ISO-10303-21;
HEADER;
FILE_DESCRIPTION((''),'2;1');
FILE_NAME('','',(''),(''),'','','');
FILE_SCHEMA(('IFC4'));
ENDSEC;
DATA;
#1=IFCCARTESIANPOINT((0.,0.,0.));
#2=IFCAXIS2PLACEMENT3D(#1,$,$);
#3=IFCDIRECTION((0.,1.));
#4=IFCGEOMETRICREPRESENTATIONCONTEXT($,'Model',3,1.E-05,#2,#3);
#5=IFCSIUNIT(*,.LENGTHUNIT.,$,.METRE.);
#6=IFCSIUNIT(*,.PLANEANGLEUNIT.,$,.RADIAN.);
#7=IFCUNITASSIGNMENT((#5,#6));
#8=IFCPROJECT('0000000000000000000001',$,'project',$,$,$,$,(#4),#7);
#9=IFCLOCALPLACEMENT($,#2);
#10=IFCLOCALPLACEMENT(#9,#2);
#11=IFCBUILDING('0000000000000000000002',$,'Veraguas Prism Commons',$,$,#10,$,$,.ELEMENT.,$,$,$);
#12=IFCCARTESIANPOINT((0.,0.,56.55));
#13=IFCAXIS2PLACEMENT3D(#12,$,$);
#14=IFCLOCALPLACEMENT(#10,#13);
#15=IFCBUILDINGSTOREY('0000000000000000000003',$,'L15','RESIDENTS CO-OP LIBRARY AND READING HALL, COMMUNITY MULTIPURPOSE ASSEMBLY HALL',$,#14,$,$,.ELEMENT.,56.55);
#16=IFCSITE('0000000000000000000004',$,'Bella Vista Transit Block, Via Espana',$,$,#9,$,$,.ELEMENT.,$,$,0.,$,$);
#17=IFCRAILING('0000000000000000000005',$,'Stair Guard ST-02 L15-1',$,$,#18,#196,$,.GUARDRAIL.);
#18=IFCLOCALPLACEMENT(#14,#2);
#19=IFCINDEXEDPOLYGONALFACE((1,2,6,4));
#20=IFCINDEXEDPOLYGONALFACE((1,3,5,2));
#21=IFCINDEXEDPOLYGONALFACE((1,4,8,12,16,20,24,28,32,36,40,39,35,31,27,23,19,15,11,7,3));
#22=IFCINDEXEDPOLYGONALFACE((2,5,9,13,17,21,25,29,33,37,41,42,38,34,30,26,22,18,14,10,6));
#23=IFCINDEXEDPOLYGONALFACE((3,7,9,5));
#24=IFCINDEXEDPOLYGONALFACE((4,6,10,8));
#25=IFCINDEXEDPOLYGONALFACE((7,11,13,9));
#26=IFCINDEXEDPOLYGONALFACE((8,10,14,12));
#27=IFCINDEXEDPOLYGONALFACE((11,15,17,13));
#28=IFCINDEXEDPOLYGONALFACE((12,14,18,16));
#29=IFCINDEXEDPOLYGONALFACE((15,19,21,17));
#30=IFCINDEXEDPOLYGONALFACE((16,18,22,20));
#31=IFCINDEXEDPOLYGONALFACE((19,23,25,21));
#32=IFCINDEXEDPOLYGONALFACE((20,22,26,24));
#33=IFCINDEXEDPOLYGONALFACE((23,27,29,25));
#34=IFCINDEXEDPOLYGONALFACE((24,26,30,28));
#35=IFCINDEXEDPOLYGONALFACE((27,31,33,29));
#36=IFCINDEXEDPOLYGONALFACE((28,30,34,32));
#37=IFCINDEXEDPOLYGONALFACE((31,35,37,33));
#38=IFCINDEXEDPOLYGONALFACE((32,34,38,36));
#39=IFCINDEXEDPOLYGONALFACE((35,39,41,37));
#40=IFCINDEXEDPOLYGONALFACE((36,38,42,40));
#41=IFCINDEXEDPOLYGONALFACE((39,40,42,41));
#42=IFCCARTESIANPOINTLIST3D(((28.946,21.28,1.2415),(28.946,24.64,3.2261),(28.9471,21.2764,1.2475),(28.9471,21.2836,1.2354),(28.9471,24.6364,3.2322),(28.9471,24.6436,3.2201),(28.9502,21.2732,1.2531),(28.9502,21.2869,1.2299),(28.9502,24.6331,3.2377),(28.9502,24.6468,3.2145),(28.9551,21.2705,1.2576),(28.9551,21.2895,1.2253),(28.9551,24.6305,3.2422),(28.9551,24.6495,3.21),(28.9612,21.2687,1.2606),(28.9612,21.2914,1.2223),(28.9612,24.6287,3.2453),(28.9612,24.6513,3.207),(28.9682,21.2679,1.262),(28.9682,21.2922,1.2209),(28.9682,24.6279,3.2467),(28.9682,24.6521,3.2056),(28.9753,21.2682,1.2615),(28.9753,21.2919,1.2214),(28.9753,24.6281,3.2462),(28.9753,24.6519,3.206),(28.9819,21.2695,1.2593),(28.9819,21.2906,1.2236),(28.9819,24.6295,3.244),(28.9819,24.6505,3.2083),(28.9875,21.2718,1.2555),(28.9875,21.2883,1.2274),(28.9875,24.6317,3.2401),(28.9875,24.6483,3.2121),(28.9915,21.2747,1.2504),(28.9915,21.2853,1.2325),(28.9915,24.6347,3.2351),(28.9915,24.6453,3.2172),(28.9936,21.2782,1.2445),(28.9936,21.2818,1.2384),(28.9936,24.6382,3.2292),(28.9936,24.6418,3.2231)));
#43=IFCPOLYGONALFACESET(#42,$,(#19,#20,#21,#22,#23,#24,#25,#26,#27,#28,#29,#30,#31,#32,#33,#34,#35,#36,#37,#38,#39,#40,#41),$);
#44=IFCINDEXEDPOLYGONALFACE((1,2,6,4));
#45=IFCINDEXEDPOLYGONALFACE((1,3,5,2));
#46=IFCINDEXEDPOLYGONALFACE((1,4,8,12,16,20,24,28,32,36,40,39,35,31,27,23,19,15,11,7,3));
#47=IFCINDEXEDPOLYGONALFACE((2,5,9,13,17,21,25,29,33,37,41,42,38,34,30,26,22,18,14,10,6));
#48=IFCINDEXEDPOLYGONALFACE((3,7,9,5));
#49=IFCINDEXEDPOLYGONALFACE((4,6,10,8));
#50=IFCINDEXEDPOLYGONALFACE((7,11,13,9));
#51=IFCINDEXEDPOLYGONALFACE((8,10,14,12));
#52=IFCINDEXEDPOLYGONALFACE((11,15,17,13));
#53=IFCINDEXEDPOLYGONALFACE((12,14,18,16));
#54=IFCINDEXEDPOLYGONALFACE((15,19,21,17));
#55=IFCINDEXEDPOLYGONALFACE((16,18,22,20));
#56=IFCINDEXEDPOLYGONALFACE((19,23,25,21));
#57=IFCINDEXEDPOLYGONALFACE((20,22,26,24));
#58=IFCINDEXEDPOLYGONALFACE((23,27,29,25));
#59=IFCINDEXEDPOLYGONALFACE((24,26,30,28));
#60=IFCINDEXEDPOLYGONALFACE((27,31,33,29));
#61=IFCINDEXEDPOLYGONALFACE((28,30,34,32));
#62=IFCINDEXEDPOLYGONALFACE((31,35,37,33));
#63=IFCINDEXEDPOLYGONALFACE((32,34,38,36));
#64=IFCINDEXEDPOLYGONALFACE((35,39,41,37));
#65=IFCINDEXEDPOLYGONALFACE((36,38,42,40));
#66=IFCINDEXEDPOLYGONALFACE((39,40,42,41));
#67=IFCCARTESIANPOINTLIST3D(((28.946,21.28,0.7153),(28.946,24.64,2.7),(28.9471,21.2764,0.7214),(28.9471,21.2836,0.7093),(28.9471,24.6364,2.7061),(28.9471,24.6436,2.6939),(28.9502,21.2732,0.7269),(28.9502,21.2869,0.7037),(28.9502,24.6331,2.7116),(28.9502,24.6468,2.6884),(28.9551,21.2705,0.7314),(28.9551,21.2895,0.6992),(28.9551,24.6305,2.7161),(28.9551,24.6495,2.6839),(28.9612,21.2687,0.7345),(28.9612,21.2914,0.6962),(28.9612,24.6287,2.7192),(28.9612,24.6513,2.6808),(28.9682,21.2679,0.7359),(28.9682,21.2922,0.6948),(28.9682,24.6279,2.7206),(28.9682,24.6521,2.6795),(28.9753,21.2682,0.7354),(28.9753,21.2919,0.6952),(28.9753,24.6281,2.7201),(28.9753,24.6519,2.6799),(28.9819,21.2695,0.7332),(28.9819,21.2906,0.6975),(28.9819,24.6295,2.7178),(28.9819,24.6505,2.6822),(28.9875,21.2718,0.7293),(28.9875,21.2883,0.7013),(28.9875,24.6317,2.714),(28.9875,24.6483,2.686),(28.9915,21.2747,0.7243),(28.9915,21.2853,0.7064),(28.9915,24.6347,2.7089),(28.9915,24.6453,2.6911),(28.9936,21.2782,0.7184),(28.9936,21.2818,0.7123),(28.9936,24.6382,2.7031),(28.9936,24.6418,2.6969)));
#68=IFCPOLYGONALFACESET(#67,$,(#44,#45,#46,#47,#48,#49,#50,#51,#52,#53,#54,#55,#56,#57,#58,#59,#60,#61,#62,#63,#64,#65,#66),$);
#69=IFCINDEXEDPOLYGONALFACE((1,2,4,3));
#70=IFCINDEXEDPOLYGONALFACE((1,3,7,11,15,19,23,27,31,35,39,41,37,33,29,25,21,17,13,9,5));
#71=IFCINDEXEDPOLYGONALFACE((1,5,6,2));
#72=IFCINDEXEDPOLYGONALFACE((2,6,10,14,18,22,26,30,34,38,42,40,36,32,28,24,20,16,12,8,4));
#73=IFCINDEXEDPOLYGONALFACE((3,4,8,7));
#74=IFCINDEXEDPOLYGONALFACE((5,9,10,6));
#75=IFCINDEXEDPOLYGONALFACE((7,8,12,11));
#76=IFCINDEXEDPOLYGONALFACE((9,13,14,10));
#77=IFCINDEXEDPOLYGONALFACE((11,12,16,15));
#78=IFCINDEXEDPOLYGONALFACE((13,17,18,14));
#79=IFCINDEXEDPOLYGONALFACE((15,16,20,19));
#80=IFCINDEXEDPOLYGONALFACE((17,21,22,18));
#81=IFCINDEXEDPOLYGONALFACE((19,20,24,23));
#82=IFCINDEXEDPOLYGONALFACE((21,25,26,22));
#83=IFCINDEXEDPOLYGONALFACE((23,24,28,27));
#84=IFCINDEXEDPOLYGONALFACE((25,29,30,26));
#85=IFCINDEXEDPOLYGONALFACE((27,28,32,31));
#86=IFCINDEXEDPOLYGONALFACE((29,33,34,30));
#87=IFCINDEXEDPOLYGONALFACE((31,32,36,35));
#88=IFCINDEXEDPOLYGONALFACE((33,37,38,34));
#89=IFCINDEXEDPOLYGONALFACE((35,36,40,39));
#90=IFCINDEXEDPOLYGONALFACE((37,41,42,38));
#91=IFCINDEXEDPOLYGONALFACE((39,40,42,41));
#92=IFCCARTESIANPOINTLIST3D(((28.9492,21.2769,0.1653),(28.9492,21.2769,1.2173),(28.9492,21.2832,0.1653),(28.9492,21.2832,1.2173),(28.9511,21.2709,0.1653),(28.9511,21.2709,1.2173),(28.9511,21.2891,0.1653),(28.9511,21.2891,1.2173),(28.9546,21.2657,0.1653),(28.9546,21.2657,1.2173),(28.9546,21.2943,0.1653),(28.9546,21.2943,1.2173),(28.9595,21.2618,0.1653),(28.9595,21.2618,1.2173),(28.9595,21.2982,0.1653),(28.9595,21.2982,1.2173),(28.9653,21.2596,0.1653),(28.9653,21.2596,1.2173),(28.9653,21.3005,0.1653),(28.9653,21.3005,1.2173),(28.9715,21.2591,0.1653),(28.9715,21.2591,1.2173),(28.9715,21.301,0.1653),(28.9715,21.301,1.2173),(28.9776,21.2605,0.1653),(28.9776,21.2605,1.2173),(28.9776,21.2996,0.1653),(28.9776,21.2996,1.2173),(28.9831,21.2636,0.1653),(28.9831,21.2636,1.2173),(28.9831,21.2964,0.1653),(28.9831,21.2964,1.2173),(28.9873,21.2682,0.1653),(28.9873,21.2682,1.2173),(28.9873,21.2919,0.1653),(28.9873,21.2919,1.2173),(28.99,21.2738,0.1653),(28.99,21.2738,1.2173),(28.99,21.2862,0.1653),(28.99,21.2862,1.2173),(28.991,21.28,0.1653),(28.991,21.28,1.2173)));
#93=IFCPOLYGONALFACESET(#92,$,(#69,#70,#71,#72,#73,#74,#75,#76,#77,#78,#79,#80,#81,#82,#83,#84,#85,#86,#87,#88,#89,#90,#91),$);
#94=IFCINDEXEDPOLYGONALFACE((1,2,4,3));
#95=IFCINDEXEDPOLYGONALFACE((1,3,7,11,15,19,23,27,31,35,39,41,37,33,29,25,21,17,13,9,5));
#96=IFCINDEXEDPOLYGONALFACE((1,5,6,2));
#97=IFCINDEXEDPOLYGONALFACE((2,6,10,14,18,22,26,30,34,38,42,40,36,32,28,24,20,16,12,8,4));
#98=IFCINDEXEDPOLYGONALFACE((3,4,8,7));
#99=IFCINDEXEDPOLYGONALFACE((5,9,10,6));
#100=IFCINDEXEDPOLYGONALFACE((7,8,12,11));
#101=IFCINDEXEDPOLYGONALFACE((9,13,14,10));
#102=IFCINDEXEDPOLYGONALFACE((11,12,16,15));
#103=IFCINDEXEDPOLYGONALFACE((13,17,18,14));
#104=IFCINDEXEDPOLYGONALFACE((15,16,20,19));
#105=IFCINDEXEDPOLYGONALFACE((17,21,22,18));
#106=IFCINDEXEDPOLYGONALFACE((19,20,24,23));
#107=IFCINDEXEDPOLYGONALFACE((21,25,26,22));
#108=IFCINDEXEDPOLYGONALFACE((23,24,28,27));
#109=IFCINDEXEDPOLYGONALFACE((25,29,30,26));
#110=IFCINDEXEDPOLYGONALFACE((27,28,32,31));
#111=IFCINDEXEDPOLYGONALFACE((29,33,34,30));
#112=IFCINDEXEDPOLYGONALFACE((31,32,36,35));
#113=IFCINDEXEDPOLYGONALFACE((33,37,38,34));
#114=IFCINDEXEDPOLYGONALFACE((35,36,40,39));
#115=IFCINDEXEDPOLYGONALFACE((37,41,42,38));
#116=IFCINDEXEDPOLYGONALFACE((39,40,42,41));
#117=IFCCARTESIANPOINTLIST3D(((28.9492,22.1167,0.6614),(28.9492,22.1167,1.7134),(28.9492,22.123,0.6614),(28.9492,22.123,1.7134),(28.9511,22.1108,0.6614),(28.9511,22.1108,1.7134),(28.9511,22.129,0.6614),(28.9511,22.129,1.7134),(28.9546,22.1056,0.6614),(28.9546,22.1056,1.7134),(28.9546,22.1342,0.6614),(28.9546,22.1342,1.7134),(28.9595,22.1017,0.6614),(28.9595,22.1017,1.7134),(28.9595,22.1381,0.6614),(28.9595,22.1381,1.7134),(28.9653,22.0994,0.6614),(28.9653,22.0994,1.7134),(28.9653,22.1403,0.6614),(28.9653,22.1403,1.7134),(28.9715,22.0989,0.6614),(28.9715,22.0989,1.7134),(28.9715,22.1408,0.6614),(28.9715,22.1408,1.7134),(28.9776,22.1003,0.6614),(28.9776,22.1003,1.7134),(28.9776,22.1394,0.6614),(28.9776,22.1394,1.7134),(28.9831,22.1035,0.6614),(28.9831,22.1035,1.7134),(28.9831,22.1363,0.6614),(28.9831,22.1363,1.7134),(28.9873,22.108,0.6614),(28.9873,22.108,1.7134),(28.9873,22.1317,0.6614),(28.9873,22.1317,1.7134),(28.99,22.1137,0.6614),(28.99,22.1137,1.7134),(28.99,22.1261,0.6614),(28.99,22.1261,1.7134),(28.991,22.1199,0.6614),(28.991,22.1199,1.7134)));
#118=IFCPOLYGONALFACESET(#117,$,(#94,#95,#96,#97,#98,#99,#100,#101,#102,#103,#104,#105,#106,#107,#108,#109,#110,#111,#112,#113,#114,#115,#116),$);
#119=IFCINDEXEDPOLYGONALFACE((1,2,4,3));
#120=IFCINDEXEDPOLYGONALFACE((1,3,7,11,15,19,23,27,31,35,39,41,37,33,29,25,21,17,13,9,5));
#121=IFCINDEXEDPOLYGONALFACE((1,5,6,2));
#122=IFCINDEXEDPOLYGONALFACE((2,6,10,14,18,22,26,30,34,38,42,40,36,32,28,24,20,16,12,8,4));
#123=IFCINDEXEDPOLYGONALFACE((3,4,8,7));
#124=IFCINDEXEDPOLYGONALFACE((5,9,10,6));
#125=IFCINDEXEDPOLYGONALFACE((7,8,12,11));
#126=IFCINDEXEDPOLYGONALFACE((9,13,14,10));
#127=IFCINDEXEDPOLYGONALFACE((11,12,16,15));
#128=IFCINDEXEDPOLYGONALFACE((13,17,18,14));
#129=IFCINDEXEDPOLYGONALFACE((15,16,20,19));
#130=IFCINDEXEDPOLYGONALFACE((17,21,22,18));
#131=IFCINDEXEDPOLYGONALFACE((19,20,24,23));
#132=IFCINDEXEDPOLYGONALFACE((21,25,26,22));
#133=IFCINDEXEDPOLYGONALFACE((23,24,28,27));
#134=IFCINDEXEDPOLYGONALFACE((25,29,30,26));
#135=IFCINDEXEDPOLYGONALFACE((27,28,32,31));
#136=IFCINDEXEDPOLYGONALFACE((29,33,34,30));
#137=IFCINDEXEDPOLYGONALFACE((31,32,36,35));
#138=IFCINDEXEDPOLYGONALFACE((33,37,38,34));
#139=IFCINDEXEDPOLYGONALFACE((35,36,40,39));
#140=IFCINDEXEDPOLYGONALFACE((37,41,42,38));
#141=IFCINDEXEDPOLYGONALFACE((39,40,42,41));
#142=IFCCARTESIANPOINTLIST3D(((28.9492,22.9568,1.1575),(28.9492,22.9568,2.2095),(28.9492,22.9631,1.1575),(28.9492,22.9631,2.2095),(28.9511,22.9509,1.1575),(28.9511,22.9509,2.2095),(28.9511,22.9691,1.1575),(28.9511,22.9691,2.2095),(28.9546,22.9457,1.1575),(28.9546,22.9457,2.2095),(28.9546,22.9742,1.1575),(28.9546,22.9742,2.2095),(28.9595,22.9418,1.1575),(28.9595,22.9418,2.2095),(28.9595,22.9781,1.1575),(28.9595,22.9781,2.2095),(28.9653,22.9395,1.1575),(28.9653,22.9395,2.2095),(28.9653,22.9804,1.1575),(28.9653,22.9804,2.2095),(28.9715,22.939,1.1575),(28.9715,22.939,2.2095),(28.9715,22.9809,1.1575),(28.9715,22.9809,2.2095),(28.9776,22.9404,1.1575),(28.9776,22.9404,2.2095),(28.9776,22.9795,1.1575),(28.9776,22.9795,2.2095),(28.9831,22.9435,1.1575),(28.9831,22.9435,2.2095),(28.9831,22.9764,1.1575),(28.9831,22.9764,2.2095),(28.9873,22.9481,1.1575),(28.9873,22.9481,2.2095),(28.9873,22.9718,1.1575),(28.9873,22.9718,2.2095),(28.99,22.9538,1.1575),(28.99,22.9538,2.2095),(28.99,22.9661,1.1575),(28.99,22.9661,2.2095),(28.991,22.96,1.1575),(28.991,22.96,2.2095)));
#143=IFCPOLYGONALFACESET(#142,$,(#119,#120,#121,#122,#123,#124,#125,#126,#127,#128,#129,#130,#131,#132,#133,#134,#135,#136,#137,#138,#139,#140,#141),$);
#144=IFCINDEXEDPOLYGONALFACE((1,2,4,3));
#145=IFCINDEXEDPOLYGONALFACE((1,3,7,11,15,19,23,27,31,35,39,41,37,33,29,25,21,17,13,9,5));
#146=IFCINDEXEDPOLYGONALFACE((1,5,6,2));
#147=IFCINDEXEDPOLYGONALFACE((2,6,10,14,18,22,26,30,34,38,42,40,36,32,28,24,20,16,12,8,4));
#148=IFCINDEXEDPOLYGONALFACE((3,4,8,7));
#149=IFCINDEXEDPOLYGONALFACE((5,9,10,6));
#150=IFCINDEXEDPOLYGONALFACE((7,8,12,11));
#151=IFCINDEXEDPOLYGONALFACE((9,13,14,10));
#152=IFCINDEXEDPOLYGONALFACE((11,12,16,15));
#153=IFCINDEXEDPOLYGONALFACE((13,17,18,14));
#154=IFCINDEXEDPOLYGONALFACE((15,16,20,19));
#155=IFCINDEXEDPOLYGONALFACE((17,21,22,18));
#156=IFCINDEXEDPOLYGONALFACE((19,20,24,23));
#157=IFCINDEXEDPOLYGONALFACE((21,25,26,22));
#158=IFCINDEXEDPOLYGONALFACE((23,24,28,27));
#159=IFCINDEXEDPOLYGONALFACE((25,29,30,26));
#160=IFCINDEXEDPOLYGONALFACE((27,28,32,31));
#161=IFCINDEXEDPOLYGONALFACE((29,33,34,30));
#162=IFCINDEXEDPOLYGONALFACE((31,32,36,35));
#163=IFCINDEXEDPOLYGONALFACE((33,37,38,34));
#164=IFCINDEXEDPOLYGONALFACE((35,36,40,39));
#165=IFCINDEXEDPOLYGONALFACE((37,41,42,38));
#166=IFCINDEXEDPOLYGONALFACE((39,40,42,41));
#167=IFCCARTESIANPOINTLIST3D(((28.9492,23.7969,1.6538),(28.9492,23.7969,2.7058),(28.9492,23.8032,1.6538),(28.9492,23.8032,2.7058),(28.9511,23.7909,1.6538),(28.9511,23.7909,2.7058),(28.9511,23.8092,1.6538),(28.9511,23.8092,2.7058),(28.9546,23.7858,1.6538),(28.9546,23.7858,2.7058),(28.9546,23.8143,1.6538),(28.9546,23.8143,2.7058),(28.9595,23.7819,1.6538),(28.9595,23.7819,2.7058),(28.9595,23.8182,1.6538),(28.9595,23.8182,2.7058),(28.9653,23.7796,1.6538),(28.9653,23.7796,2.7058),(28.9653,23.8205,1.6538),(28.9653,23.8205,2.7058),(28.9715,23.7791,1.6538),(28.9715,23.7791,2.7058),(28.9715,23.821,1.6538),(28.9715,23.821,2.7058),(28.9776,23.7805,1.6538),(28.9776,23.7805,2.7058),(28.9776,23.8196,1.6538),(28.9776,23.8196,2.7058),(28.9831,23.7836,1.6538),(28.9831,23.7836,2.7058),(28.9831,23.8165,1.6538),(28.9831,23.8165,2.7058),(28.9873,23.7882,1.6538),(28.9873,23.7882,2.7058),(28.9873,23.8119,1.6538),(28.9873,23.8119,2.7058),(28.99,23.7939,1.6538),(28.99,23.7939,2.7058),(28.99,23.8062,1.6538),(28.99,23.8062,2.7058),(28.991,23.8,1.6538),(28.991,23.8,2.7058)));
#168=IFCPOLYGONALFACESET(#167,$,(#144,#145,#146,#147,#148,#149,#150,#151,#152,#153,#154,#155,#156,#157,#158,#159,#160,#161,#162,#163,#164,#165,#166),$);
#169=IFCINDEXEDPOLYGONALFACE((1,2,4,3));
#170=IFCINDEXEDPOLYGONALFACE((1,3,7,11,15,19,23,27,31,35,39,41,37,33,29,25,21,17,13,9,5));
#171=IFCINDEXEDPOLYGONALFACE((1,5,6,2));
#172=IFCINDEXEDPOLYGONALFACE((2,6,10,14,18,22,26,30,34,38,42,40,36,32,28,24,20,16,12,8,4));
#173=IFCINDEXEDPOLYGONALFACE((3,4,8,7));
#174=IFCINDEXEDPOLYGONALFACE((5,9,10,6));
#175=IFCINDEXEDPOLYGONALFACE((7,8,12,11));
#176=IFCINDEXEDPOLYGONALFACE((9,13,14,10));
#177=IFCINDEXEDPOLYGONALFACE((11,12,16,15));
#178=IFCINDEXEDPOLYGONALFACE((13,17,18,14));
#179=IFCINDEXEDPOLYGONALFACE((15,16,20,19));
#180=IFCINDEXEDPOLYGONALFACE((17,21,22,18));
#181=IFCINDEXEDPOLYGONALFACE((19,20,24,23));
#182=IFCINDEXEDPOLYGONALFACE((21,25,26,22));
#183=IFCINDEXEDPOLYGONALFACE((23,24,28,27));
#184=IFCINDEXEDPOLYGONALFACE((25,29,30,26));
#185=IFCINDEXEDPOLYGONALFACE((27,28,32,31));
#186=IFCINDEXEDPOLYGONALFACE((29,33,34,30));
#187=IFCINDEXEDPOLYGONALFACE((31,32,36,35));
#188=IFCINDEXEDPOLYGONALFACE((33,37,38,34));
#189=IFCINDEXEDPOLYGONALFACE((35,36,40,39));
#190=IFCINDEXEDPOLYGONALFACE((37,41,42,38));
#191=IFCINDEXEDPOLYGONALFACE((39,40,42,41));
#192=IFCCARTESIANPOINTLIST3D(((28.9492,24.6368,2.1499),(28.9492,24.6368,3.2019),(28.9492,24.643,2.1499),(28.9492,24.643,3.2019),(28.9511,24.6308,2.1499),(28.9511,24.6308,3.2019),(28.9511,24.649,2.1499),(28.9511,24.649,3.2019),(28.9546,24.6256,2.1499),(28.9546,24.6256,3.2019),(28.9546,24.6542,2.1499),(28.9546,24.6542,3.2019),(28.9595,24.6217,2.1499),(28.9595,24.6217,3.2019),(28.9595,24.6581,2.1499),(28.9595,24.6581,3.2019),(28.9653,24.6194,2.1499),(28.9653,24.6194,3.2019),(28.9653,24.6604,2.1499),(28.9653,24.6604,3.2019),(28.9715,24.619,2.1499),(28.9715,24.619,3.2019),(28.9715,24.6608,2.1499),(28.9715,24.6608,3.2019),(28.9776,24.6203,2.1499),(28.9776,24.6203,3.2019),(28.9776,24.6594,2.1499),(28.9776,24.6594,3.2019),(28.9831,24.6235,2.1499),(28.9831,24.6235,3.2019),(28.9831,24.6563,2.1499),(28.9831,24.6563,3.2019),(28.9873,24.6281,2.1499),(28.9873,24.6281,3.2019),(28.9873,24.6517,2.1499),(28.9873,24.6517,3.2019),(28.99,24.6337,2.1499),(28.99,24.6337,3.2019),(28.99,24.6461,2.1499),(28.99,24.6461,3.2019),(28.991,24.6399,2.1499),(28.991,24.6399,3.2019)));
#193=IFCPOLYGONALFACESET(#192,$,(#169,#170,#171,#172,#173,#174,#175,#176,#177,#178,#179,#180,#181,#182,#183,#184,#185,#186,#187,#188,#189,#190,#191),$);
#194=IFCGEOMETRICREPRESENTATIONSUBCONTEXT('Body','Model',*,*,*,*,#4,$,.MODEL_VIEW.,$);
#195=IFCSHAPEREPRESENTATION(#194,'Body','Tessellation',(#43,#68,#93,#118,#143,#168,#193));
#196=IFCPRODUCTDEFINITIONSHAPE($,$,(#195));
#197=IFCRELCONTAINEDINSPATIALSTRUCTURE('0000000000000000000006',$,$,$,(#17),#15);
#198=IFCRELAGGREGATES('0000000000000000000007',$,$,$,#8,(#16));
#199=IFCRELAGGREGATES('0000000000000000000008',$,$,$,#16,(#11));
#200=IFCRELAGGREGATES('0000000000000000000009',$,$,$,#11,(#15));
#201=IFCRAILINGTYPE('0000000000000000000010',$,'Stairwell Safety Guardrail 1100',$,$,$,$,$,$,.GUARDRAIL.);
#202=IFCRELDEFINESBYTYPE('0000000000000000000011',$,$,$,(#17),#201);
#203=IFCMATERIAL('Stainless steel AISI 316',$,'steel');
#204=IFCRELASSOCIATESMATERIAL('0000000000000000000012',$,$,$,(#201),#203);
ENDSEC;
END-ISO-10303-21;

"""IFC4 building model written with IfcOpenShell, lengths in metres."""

from ifc_helpers import new_model, si_unit, direction, frame, origin, origin_2d, place, context, subcontext, project, spatial, circle, extrude, material, type_object, element, save


model = new_model("IFC4")

# Units and contexts
model_context = context("Model", 3, precision=1e-05, world=origin(), true_north=direction((0.0, 1.0)))
body_context = subcontext(model_context, "Body", "Model", "MODEL_VIEW")
ifc_project = project(units=[si_unit("LENGTHUNIT", "METRE"), si_unit("PLANEANGLEUNIT", "RADIAN")], contexts=[model_context])

# Site, building, storey
site_placement = place(None, origin())
site = spatial("IfcSite", under=ifc_project, at=site_placement, Name="Bella Vista Transit Block, Via Espana", CompositionType="ELEMENT", RefElevation=0.0)
building_placement = place(site_placement, origin())
building = spatial("IfcBuilding", under=site, at=building_placement, Name="Veraguas Prism Commons", CompositionType="ELEMENT")
storey_placement = place(building_placement, frame((0.0, 0.0, 56.55)))
storey = spatial("IfcBuildingStorey", under=building, at=storey_placement, Name="L15", Description="RESIDENTS CO-OP LIBRARY AND READING HALL, COMMUNITY MULTIPURPOSE ASSEMBLY HALL", CompositionType="ELEMENT", Elevation=56.55)

# Shared definitions
ifc_material_1 = material(Name="Stainless steel AISI 316", Category="steel")

# Railing
railing_type_1 = type_object("IfcRailingType", Name="Stairwell Safety Guardrail 1100", PredefinedType="GUARDRAIL", material=ifc_material_1)
railing_1_placement = place(storey_placement, frame((28.97, 21.28, 0.1653)))
element("IfcRailing", 1, at=railing_1_placement, inside=storey, type_object=railing_type_1, Name="Stair Guard ST-02 L15-1", PredefinedType="GUARDRAIL", context=body_context, shape_type="SweptSolid", body=[
    extrude(circle(Radius=0.0239, at=origin_2d()), frame((0.0, 0.0, 1.0762), z_axis=(0.0, 0.861011, 0.508586), x_axis=(-1.0, 0.0, 0.0)), (0.0, 0.0, 1.0), 3.9023),
    extrude(circle(Radius=0.0239, at=origin_2d()), frame((0.0, 0.0, 0.55), z_axis=(0.0, 0.861011, 0.508586), x_axis=(-1.0, 0.0, 0.0)), (0.0, 0.0, 1.0), 3.9023),
    extrude(circle(Radius=0.021, at=origin_2d()), origin(), (0.0, 0.0, 1.0), 1.052),
    extrude(circle(Radius=0.021, at=origin_2d()), frame((0.0, 0.8398, 0.4961)), (0.0, 0.0, 1.0), 1.052),
    extrude(circle(Radius=0.021, at=origin_2d()), frame((0.0, 1.6799, 0.9922)), (0.0, 0.0, 1.0), 1.052),
    extrude(circle(Radius=0.021, at=origin_2d()), frame((0.0, 2.52, 1.4885)), (0.0, 0.0, 1.0), 1.052),
    extrude(circle(Radius=0.021, at=origin_2d()), frame((0.0, 3.3599, 1.9846)), (0.0, 0.0, 1.0), 1.052),
])

save(model, "model.ifc")
